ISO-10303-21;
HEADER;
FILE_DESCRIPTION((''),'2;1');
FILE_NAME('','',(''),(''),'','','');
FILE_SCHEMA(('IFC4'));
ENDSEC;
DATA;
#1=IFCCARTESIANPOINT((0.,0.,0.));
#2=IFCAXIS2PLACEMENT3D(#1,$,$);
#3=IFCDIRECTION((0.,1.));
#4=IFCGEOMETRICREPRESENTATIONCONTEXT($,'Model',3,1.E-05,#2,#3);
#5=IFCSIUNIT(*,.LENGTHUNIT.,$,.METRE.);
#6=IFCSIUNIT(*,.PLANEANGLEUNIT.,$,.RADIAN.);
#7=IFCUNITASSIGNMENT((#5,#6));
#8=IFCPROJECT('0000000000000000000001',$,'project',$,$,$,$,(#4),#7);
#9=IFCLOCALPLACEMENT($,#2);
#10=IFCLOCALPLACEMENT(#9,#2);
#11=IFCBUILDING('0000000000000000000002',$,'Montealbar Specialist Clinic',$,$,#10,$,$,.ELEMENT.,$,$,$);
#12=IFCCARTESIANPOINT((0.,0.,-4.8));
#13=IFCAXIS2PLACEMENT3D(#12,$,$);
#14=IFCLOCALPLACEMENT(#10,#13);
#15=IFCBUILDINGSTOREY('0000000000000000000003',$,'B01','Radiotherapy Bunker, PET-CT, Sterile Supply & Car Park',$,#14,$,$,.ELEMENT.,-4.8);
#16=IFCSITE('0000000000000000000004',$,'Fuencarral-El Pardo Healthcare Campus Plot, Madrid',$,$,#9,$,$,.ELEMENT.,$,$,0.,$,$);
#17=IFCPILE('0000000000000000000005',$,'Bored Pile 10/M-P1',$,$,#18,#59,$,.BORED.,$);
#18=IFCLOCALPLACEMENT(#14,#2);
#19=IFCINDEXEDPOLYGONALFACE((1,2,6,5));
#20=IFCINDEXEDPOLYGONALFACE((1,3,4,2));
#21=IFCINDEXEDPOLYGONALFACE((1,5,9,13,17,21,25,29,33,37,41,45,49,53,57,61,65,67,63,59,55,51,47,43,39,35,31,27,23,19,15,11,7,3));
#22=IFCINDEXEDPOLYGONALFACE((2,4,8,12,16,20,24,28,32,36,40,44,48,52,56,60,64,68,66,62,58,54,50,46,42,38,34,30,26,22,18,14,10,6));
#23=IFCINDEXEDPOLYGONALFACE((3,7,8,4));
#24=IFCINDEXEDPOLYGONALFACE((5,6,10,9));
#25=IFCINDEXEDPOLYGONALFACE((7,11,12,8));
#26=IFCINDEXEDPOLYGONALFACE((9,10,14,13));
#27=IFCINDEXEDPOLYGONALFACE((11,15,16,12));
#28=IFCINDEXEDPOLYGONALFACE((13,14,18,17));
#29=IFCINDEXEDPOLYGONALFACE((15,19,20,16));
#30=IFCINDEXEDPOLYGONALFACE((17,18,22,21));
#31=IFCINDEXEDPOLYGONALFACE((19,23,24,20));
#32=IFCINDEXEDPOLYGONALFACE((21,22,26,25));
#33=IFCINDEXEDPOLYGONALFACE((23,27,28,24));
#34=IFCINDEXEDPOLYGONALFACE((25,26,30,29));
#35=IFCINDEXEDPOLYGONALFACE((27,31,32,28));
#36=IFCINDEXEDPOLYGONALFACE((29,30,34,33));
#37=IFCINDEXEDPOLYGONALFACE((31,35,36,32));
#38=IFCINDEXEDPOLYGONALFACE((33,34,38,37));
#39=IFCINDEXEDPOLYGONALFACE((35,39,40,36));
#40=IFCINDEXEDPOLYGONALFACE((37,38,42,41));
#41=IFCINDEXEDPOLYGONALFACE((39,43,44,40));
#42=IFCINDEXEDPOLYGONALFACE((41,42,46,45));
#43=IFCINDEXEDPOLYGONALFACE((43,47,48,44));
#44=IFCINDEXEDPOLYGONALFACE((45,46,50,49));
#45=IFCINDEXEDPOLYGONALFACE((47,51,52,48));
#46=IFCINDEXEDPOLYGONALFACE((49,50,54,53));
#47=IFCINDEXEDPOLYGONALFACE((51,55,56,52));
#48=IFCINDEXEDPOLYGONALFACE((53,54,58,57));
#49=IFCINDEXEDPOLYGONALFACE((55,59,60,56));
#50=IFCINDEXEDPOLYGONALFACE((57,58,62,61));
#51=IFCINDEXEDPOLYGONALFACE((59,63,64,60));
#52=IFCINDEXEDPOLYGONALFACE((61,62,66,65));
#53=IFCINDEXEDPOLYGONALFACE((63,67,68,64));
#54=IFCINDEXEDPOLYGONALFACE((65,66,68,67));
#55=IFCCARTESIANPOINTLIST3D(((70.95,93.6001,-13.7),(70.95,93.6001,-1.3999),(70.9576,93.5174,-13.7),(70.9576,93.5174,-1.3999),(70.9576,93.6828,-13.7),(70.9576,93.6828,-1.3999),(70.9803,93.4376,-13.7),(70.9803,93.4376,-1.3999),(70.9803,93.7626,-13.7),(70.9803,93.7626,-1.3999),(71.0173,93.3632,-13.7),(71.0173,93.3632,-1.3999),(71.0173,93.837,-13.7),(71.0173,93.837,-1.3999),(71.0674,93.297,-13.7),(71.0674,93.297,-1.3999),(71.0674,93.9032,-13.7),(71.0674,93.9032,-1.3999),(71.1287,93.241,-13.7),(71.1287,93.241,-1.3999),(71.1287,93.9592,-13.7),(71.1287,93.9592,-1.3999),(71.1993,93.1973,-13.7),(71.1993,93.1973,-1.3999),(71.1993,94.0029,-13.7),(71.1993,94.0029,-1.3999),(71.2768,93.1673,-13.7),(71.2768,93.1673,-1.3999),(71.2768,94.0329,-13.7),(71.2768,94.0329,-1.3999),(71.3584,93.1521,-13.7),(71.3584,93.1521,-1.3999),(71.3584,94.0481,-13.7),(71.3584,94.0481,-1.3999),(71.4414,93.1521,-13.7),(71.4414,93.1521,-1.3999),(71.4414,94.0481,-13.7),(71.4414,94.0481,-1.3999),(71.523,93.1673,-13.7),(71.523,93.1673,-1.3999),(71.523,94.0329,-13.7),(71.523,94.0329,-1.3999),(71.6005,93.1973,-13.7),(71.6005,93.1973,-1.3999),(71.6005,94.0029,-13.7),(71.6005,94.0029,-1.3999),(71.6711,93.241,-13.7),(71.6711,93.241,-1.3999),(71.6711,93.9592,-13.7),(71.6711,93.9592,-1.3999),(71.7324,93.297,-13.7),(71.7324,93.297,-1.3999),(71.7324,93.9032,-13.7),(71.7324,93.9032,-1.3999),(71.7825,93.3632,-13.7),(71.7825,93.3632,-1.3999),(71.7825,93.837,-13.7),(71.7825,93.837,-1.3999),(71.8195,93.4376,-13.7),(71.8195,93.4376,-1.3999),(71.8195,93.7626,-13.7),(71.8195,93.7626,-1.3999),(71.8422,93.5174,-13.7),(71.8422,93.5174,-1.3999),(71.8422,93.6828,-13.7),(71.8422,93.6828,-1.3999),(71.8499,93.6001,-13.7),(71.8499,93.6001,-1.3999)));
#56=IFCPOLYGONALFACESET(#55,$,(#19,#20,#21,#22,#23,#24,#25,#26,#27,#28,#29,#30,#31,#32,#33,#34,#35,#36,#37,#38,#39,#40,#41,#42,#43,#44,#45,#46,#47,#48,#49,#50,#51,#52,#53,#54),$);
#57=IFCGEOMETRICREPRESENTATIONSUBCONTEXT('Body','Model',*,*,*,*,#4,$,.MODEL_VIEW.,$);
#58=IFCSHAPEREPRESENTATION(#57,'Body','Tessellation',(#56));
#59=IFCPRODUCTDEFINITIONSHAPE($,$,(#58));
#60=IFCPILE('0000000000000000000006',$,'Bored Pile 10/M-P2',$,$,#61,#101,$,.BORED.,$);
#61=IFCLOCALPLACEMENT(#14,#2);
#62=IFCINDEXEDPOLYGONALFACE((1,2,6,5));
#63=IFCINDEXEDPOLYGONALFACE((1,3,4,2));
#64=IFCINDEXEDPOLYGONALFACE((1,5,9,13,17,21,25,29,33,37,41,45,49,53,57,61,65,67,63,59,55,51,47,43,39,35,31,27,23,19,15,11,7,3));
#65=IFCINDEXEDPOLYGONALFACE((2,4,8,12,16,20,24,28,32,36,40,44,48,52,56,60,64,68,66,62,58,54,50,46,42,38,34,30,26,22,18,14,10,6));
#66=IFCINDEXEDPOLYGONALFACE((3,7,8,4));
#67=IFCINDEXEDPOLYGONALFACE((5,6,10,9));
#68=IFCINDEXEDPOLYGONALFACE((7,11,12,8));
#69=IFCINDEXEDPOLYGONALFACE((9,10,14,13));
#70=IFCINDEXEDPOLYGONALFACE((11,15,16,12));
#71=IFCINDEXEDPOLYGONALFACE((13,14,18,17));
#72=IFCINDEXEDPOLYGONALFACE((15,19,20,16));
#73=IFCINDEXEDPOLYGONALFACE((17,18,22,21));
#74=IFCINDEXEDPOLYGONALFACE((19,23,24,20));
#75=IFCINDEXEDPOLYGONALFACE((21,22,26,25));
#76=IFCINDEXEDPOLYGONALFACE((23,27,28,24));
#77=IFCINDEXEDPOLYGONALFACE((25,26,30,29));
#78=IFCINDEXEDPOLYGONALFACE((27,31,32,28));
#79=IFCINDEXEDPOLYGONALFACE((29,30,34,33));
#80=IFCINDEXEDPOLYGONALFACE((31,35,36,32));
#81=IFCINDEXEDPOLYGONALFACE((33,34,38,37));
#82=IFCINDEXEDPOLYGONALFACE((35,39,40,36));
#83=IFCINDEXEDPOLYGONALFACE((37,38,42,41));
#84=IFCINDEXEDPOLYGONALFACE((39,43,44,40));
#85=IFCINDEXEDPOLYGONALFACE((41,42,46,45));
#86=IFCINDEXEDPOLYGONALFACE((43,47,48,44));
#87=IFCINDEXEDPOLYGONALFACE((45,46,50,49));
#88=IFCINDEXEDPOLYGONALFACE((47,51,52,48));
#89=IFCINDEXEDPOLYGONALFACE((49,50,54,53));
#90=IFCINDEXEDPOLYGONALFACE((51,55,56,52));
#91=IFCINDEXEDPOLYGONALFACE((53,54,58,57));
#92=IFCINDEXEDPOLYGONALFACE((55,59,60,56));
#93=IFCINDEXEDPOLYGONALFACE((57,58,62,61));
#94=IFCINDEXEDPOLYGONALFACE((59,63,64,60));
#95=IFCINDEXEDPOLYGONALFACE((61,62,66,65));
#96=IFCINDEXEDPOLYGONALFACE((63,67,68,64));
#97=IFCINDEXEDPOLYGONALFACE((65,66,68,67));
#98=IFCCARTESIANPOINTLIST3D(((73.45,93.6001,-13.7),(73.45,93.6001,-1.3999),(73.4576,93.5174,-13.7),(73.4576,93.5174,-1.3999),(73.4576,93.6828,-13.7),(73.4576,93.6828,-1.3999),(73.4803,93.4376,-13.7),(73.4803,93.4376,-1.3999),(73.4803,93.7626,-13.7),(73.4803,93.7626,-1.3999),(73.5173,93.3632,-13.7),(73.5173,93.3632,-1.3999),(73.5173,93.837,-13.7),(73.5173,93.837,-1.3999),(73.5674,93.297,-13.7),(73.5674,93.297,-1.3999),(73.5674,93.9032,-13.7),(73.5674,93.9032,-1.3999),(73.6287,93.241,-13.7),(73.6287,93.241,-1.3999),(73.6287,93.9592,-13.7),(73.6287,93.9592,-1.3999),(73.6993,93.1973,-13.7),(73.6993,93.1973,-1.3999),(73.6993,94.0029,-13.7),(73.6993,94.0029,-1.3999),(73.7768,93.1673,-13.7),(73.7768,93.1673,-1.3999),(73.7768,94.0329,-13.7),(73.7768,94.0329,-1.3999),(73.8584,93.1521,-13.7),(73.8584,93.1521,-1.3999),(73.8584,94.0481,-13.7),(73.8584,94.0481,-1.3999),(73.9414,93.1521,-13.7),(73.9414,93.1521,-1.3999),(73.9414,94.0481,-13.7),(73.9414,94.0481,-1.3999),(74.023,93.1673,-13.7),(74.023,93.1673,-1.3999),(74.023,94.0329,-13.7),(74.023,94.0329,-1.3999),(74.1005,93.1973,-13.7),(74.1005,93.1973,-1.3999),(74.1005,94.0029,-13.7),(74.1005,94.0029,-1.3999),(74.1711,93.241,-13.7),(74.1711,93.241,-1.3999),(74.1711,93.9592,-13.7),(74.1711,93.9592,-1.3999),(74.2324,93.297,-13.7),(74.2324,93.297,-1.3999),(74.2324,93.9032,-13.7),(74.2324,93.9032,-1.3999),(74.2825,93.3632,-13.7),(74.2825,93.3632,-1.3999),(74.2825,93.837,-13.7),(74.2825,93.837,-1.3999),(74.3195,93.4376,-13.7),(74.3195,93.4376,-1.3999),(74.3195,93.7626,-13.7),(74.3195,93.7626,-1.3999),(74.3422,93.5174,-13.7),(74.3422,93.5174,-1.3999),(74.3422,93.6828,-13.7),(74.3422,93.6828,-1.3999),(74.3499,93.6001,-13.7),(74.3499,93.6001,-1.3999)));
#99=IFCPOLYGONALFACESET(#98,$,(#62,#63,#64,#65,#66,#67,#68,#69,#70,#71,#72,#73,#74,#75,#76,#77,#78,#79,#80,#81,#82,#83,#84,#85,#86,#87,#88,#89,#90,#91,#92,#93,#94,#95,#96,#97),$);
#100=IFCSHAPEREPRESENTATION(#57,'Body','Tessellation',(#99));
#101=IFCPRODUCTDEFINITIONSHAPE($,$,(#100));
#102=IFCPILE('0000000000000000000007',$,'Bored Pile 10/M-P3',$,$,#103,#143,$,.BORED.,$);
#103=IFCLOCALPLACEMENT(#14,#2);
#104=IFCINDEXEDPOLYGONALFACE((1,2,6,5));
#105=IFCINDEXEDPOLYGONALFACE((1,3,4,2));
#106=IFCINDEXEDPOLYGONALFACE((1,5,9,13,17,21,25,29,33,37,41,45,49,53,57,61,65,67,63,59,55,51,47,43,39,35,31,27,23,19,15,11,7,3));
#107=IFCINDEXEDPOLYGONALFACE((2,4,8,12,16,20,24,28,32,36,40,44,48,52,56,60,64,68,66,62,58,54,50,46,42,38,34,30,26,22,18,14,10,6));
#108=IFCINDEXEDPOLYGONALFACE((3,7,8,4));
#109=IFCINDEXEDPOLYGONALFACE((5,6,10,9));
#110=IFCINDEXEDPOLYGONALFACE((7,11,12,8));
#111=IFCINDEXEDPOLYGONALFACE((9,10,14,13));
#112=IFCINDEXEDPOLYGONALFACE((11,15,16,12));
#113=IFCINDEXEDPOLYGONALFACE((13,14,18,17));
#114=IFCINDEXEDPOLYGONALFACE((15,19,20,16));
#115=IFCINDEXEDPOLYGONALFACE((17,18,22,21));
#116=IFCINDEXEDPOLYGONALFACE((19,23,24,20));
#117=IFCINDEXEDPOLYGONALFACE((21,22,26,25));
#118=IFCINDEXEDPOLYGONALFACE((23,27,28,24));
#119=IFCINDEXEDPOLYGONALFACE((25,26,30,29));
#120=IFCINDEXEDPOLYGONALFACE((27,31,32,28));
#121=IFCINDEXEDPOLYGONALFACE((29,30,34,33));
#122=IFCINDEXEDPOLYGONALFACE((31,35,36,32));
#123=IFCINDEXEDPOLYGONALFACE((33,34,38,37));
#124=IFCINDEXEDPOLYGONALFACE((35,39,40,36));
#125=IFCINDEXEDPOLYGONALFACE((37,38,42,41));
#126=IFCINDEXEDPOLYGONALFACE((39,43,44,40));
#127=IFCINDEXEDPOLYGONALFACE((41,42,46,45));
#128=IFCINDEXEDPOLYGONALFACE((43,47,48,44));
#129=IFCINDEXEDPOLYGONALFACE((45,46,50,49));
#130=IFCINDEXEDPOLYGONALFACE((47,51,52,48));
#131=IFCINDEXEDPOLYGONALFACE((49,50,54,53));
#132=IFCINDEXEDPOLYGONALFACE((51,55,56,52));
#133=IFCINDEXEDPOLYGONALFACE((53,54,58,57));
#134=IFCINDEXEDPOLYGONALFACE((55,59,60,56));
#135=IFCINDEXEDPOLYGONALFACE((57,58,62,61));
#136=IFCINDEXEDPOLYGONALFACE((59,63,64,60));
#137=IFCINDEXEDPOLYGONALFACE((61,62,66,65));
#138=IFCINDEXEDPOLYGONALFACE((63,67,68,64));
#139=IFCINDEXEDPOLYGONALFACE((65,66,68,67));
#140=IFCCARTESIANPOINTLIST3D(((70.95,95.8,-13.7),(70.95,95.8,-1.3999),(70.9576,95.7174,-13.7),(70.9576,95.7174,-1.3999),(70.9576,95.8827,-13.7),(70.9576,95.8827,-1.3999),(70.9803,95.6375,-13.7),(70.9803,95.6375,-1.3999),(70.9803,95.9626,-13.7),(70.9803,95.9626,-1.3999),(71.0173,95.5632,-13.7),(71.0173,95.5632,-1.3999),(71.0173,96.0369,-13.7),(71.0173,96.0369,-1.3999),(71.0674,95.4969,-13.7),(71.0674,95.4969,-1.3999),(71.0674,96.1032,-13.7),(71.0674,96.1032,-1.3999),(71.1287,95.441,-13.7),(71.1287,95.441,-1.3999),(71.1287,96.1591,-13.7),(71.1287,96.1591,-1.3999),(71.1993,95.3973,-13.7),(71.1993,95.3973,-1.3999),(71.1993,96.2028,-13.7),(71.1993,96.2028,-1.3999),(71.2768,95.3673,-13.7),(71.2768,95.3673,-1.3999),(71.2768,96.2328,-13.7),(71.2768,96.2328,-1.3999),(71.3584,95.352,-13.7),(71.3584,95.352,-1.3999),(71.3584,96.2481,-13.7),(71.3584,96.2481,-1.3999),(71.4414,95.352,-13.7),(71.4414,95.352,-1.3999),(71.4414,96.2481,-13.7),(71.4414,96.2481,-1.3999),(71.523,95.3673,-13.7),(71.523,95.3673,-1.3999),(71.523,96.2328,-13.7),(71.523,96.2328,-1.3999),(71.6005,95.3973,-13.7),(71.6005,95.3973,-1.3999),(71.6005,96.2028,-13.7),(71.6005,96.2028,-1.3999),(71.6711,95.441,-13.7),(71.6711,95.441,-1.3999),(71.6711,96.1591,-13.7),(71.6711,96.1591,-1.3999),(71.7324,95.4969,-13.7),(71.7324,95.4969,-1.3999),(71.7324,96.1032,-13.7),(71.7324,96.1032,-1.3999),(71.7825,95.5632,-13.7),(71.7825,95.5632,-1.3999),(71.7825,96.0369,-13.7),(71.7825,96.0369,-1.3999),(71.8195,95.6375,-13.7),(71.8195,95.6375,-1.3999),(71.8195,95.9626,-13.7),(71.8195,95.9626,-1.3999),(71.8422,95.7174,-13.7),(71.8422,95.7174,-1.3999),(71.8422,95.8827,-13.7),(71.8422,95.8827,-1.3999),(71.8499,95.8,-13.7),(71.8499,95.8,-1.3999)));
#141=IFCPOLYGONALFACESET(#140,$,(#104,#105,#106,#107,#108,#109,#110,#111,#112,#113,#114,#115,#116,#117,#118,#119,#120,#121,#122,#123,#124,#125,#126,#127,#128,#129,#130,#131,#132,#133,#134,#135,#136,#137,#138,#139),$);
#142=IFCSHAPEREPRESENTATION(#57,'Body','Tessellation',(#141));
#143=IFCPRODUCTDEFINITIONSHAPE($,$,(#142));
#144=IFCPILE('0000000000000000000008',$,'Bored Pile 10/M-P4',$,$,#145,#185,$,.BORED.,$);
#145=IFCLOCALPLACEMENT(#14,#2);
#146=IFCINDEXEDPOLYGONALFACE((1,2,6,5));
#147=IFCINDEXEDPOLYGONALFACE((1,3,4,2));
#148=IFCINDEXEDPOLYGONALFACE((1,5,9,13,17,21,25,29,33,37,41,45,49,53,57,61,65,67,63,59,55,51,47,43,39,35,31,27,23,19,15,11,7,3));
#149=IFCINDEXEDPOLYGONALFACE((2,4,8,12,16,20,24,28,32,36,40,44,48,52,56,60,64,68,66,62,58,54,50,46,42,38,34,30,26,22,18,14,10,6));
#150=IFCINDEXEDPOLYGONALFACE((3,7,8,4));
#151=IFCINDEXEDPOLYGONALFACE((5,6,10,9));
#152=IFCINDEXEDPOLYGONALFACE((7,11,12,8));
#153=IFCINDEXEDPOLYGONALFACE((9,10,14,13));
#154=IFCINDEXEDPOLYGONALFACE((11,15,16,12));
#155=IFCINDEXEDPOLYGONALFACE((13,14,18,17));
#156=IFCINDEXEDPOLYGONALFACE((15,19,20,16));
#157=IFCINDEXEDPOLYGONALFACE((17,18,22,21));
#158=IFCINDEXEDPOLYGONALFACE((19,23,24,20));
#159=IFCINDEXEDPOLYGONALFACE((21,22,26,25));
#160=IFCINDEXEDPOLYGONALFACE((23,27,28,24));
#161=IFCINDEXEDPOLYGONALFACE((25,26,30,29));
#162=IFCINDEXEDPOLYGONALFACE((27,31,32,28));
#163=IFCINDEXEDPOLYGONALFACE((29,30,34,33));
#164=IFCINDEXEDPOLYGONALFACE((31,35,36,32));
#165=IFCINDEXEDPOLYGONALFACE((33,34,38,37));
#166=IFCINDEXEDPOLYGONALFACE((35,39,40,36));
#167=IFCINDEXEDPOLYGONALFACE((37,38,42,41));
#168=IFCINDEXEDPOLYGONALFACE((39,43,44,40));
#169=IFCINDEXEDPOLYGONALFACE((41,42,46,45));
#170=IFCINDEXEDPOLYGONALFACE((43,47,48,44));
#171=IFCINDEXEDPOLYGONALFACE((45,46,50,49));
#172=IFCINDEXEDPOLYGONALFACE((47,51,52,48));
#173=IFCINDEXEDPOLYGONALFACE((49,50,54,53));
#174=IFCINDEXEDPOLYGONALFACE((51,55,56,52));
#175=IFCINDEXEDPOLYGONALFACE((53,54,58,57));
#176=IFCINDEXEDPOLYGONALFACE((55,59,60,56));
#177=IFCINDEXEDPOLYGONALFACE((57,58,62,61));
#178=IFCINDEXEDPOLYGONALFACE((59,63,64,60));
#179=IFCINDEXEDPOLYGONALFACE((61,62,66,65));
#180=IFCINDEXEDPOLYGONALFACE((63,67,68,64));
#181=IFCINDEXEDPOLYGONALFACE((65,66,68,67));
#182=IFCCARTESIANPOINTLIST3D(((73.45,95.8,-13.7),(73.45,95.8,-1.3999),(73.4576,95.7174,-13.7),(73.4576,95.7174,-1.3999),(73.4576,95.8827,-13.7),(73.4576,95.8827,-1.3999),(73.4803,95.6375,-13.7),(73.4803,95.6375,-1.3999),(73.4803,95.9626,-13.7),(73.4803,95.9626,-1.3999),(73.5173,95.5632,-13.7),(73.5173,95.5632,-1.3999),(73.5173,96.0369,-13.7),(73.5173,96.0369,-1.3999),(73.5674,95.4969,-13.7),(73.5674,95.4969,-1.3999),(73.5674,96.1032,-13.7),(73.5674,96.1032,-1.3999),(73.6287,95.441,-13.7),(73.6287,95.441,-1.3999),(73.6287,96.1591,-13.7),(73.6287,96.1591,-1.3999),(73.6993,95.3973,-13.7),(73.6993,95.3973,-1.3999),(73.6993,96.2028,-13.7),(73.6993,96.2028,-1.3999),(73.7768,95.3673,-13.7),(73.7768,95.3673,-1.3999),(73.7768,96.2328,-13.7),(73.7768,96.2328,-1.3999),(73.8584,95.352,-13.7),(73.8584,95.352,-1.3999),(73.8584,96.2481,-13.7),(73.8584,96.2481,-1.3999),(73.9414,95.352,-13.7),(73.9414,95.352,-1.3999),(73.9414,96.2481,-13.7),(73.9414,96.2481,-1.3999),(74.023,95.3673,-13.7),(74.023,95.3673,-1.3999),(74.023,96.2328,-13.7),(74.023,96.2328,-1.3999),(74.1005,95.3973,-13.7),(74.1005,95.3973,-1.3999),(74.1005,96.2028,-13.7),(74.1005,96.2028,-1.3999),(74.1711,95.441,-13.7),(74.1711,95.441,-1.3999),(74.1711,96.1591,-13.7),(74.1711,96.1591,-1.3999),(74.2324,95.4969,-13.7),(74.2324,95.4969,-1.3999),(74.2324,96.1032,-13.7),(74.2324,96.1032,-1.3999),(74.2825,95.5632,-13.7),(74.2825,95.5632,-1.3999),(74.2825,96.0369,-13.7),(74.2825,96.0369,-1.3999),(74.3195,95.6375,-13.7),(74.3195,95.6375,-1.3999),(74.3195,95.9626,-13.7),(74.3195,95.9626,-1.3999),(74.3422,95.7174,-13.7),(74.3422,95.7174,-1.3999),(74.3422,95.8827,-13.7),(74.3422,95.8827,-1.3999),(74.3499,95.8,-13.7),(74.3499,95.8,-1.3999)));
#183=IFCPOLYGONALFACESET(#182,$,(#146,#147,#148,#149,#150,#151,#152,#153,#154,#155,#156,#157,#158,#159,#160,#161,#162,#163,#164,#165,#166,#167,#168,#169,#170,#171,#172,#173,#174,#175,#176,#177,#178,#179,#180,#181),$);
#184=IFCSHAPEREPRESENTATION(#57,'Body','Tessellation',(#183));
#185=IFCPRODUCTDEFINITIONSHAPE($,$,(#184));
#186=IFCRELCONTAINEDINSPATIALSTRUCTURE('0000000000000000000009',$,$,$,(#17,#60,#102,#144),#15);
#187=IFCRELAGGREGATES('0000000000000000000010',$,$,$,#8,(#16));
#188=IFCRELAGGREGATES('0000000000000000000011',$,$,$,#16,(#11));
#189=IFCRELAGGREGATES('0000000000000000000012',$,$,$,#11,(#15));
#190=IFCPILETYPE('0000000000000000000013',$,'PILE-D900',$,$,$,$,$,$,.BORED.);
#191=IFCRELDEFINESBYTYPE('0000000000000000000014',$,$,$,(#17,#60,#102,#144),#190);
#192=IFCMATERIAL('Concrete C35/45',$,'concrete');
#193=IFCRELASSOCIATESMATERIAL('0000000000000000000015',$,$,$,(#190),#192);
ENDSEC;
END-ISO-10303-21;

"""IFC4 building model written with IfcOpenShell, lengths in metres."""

from ifc_helpers import new_model, si_unit, direction, frame, origin, origin_2d, place, context, subcontext, project, spatial, circle, extrude, material, material_profile, profile_set, type_object, element, save


model = new_model("IFC4")

# Units and contexts
model_context = context("Model", 3, precision=1e-05, world=origin(), true_north=direction((0.0, 1.0)))
body_context = subcontext(model_context, "Body", "Model", "MODEL_VIEW")
ifc_project = project(units=[si_unit("LENGTHUNIT", "METRE"), si_unit("PLANEANGLEUNIT", "RADIAN")], contexts=[model_context])

# Site, building, storey
site_placement = place(None, origin())
site = spatial("IfcSite", under=ifc_project, at=site_placement, Name="Fuencarral-El Pardo Healthcare Campus Plot, Madrid", CompositionType="ELEMENT", RefElevation=0.0)
building_placement = place(site_placement, origin())
building = spatial("IfcBuilding", under=site, at=building_placement, Name="Montealbar Specialist Clinic", CompositionType="ELEMENT")
storey_placement = place(building_placement, frame((0.0, 0.0, -4.8)))
storey = spatial("IfcBuildingStorey", under=building, at=storey_placement, Name="B01", Description="Radiotherapy Bunker, PET-CT, Sterile Supply & Car Park", CompositionType="ELEMENT", Elevation=-4.8)

# Shared definitions
ifc_material_1 = material(Name="Concrete C35/45", Category="concrete")

# Piles
ifc_material_profile_1 = material_profile(ifc_material_1, circle(Radius=0.45, at=origin_2d()), Name="PILE D900", Category="concrete")
ifc_profile_set_1 = profile_set([ifc_material_profile_1], Name="Concrete C35/45")
pile_type_1 = type_object("IfcPileType", Name="PILE-D900", PredefinedType="BORED", material=ifc_profile_set_1)
for number, where, z_axis, x_axis, name in (
    (1, (71.3999, 93.6001, -1.3999), (0.0, 0.0, -1.0), (1.0, 0.0, 0.0), "Bored Pile 10/M-P1"),
    (2, (73.8999, 93.6001, -1.3999), (0.0, 0.0, -1.0), (1.0, 0.0, 0.0), "Bored Pile 10/M-P2"),
    (3, (71.3999, 95.8, -1.3999), (0.0, 0.0, -1.0), (1.0, 0.0, 0.0), "Bored Pile 10/M-P3"),
    (4, (73.8999, 95.8, -1.3999), (0.0, 0.0, -1.0), (1.0, 0.0, 0.0), "Bored Pile 10/M-P4"),
):
    element("IfcPile", number, at=place(storey_placement, frame(where, z_axis=z_axis, x_axis=x_axis)), inside=storey, type_object=pile_type_1, Name=name, PredefinedType="BORED", context=body_context, shape_type="SweptSolid", body=[
        extrude(circle(Radius=0.45, at=origin_2d()), origin(), (0.0, 0.0, 1.0), 12.3),
    ])

save(model, "model.ifc")
